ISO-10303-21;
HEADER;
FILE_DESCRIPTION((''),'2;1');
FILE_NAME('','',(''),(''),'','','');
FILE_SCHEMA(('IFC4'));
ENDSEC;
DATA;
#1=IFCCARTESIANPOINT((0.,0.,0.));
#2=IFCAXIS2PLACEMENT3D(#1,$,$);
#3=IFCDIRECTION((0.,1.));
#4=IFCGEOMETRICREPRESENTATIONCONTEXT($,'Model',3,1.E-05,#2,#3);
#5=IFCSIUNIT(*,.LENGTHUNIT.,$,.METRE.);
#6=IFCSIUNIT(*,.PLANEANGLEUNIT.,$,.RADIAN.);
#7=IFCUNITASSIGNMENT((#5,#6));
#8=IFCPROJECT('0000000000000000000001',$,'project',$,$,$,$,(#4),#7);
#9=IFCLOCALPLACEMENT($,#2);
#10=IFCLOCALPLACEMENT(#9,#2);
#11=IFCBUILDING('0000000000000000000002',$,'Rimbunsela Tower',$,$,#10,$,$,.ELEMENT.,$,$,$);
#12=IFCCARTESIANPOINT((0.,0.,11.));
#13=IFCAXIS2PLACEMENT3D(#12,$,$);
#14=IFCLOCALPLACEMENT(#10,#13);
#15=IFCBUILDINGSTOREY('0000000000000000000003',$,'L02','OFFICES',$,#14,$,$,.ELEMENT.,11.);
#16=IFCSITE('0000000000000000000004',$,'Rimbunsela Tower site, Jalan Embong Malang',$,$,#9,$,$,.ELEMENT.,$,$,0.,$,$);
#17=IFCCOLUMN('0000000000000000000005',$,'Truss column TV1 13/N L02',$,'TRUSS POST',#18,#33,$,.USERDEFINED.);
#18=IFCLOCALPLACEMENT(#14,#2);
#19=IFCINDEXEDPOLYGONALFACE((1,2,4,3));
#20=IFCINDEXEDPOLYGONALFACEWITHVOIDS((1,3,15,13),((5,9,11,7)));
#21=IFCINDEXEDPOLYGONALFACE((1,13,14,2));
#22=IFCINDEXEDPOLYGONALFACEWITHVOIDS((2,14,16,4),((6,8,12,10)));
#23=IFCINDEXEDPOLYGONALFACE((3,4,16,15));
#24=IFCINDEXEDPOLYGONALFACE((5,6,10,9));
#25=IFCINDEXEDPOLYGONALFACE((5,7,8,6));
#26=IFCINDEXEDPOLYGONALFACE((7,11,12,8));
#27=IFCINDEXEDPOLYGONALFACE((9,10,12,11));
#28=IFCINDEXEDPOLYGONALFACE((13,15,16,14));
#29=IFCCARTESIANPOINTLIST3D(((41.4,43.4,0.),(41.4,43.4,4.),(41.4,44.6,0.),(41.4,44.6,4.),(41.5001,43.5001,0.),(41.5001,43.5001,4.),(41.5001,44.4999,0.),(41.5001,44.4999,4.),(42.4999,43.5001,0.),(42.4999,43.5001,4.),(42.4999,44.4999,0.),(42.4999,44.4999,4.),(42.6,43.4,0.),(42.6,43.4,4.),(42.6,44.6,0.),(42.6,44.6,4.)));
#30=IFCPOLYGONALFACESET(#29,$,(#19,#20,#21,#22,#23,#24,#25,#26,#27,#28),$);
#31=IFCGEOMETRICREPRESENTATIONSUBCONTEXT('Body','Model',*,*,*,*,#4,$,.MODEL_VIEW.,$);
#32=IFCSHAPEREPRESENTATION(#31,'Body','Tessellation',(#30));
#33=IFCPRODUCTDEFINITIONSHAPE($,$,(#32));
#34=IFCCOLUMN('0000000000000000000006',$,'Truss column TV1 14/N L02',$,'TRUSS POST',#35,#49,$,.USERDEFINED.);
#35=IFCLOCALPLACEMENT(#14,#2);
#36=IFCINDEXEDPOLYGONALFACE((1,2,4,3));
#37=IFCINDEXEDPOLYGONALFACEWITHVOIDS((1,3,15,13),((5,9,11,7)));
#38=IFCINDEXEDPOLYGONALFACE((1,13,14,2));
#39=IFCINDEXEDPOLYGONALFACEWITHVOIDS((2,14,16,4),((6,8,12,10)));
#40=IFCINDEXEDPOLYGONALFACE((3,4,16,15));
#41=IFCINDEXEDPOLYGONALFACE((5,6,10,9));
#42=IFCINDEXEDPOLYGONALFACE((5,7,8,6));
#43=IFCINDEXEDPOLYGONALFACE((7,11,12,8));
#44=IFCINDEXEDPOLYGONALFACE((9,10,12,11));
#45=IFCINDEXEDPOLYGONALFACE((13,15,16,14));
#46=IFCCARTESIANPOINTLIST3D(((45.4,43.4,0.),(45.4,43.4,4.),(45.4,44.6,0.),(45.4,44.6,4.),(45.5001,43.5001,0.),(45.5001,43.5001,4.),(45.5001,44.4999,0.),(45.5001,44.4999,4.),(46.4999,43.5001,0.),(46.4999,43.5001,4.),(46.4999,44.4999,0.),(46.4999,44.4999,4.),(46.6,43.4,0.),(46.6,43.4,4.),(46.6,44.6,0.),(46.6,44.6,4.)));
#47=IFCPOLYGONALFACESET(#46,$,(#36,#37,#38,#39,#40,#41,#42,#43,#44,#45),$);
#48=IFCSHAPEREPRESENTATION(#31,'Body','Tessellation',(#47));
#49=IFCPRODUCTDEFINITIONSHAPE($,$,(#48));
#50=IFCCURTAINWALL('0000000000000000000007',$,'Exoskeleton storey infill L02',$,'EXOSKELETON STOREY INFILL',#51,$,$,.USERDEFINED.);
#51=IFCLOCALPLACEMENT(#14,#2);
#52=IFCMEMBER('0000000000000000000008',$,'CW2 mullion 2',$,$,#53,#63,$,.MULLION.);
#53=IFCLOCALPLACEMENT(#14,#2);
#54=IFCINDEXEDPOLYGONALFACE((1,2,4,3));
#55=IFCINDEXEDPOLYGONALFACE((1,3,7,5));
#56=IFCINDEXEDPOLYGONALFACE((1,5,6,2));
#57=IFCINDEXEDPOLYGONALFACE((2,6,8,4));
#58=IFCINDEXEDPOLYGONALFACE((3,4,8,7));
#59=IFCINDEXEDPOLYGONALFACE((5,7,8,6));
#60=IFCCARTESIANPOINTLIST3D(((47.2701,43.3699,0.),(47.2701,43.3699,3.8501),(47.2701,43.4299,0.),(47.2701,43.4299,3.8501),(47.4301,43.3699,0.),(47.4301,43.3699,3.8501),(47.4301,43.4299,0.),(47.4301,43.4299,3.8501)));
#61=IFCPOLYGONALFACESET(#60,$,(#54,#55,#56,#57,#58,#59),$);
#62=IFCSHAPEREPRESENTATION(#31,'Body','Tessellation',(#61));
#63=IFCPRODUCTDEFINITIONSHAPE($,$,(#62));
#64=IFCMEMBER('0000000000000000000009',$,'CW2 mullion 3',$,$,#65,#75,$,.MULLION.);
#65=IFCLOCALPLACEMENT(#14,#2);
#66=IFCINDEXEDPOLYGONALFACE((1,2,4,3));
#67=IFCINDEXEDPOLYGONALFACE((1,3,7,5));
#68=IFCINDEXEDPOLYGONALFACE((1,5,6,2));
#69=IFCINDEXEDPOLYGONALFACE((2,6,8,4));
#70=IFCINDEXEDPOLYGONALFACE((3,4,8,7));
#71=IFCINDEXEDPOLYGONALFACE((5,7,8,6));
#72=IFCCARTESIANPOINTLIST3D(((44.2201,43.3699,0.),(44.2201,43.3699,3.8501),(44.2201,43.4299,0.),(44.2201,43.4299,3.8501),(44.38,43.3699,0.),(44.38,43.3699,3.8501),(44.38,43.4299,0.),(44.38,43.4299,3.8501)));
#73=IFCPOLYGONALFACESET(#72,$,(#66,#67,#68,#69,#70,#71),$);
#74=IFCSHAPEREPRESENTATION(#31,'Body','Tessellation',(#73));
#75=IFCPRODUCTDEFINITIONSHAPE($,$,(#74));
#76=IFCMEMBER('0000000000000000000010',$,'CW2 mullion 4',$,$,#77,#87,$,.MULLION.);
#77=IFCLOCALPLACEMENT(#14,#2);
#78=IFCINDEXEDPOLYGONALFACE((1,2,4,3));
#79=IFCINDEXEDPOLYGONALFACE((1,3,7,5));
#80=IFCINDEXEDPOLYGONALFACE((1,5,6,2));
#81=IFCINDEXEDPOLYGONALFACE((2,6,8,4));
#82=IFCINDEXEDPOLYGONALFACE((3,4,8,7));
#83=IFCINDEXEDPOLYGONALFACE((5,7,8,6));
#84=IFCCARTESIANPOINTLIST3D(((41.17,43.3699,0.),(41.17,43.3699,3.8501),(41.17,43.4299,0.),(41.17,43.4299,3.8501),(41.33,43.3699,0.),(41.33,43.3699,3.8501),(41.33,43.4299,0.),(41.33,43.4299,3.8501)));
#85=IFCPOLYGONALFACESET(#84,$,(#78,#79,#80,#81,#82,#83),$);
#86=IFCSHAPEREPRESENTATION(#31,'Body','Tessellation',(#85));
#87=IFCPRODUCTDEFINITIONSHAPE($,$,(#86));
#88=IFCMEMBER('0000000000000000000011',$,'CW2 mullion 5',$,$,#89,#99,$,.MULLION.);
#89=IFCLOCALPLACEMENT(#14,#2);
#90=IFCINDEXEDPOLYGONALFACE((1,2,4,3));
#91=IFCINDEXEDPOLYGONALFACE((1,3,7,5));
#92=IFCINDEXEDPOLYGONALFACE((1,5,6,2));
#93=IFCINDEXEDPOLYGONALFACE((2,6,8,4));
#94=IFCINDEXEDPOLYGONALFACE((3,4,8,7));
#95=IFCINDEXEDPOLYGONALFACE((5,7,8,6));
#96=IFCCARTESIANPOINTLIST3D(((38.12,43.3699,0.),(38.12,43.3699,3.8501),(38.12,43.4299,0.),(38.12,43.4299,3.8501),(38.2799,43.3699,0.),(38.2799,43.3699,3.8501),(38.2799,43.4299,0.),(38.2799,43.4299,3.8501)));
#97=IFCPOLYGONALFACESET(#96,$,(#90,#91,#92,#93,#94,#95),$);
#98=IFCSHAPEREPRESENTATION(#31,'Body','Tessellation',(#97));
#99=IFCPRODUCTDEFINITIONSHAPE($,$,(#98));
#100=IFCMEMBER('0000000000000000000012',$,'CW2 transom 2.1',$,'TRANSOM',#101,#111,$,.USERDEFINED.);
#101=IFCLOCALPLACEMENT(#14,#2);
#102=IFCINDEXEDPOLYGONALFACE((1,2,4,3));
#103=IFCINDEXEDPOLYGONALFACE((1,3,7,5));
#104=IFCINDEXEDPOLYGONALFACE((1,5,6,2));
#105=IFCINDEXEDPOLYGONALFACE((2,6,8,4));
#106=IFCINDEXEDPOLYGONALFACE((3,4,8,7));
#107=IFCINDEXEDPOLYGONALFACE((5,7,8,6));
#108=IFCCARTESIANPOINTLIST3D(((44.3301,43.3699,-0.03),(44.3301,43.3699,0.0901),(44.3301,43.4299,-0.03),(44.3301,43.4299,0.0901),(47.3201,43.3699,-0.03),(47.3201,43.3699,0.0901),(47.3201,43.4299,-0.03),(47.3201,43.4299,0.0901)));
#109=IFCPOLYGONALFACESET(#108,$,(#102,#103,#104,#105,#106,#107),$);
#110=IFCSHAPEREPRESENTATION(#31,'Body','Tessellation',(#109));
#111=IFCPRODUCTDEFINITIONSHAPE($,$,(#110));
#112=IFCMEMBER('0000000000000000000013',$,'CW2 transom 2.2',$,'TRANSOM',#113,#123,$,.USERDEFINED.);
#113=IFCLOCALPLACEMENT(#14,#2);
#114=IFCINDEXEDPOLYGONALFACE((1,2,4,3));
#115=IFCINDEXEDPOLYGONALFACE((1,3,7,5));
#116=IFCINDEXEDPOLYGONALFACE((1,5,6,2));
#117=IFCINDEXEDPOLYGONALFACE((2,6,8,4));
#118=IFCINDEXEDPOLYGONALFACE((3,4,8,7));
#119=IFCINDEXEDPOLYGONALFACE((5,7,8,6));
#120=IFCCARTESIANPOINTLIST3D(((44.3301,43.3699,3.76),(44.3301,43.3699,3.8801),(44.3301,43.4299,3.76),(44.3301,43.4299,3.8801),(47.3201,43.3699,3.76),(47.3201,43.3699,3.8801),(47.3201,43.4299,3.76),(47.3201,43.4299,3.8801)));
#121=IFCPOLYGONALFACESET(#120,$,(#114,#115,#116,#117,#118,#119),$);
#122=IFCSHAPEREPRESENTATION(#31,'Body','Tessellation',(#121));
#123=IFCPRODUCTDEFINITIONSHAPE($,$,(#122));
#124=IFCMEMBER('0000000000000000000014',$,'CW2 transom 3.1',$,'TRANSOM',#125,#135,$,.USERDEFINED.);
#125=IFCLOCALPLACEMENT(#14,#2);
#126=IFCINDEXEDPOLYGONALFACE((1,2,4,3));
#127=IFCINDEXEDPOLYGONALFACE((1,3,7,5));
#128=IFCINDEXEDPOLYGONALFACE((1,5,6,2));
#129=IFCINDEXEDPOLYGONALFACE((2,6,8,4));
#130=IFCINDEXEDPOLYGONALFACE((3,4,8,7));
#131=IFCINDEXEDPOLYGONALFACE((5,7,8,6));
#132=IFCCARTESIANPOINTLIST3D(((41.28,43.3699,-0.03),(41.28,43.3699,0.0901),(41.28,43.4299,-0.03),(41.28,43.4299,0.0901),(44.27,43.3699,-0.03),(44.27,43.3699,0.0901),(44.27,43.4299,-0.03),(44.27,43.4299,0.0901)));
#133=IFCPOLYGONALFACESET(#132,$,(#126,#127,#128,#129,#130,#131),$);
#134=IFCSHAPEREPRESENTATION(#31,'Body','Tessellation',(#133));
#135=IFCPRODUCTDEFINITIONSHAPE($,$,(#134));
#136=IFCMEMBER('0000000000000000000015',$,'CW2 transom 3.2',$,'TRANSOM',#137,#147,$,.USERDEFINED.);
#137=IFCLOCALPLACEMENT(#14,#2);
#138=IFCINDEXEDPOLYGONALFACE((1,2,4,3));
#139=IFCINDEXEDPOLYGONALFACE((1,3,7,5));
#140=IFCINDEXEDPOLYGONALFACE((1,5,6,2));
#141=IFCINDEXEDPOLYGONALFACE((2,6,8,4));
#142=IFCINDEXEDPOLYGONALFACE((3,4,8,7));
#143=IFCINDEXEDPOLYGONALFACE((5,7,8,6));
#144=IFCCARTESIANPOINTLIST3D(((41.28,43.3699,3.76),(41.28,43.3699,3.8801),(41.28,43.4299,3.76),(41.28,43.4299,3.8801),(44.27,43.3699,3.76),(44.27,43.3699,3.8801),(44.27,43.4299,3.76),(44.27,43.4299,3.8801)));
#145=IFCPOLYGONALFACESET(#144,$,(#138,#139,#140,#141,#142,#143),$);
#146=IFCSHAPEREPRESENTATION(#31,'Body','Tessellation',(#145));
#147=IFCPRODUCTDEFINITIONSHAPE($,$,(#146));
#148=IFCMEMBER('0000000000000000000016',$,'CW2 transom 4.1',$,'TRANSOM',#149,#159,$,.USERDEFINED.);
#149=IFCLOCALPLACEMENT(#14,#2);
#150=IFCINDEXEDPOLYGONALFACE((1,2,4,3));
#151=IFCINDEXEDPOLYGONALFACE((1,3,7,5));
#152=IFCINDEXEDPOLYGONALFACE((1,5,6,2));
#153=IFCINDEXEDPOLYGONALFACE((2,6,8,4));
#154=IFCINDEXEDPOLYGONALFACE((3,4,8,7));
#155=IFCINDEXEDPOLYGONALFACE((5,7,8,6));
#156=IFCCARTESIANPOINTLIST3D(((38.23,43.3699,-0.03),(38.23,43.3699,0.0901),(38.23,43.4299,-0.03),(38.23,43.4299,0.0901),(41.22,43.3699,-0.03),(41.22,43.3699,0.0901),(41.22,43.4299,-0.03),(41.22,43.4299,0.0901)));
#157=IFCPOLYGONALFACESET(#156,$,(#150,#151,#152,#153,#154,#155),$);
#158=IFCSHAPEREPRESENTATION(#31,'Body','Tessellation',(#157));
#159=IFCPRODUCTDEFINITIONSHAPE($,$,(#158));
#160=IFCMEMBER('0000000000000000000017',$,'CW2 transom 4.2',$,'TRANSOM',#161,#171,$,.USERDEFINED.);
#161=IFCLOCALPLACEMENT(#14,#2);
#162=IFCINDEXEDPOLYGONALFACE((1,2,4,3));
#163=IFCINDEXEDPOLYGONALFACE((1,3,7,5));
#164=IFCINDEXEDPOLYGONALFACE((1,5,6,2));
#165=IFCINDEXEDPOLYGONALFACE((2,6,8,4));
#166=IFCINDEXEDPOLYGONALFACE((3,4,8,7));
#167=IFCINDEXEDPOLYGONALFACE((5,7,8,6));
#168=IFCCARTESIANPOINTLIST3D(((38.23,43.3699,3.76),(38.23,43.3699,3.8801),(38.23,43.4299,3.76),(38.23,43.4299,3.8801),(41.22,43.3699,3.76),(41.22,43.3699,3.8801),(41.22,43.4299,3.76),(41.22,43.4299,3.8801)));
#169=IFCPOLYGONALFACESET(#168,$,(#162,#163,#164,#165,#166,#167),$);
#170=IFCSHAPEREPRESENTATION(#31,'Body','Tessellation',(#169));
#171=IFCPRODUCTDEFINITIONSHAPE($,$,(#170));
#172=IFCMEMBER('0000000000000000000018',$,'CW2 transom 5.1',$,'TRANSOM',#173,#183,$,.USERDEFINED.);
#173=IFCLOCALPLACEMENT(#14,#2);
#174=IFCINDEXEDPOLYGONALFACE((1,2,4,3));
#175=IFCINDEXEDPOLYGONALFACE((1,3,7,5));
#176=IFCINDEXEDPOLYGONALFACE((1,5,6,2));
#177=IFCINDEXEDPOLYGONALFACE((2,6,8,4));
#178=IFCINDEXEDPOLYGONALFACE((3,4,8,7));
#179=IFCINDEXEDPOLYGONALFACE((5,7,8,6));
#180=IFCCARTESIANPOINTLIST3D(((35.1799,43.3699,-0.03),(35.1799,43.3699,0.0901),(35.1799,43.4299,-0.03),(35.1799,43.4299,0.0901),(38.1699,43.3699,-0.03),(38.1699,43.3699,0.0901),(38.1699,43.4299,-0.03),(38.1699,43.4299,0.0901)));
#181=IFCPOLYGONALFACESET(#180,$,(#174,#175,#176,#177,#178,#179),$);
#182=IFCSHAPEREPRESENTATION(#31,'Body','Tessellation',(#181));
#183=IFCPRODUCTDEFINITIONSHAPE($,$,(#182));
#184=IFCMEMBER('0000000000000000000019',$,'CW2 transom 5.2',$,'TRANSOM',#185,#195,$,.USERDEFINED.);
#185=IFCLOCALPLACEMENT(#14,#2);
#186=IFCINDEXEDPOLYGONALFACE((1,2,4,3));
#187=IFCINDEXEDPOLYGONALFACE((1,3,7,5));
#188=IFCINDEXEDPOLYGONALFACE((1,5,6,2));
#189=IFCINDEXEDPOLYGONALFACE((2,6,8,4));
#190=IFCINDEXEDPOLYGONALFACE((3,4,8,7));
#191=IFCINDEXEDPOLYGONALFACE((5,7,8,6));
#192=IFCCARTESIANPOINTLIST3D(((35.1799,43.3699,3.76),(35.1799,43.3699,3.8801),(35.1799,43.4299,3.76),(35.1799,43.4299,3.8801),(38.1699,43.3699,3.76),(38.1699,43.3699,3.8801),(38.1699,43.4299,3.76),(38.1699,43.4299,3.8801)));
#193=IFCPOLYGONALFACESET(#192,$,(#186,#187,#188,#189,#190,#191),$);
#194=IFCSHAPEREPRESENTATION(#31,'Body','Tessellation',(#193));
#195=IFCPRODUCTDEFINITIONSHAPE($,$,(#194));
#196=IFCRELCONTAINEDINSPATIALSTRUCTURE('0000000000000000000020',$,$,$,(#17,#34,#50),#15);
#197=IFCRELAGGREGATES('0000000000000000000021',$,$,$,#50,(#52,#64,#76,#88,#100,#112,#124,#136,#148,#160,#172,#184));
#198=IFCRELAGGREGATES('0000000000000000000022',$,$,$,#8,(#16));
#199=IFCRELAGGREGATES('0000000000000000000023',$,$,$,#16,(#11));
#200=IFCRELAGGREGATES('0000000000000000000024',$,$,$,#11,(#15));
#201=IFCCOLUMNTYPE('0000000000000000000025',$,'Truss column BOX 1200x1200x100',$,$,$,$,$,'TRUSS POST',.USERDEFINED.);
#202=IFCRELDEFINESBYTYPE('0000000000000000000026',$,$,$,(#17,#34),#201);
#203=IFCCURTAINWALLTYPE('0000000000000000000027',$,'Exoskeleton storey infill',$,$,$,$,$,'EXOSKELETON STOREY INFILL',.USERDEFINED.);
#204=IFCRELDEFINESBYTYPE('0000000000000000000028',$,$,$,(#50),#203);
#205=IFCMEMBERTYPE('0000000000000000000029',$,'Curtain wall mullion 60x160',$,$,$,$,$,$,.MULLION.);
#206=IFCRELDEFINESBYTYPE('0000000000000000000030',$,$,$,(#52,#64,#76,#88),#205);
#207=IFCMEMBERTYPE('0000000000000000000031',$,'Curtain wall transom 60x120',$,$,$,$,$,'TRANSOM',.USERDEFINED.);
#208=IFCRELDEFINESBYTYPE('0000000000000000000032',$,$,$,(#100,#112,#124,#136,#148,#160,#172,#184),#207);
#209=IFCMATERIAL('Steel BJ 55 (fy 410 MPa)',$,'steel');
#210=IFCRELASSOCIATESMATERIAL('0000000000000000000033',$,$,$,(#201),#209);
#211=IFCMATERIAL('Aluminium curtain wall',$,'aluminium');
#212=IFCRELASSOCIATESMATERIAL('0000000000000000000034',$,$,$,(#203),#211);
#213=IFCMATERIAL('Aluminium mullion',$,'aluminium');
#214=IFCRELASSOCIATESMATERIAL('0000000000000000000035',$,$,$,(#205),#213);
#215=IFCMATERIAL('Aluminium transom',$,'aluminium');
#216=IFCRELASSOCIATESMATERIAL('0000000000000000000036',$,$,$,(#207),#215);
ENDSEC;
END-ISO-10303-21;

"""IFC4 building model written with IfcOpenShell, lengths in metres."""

from ifc_helpers import new_model, si_unit, direction, frame, origin, origin_2d, place, context, subcontext, project, spatial, rectangle, hollow_rectangle, extrude, material, material_profile, profile_set, type_object, element, aggregate, save


model = new_model("IFC4")

# Units and contexts
model_context = context("Model", 3, precision=1e-05, world=origin(), true_north=direction((0.0, 1.0)))
body_context = subcontext(model_context, "Body", "Model", "MODEL_VIEW")
ifc_project = project(units=[si_unit("LENGTHUNIT", "METRE"), si_unit("PLANEANGLEUNIT", "RADIAN")], contexts=[model_context])

# Site, building, storey
site_placement = place(None, origin())
site = spatial("IfcSite", under=ifc_project, at=site_placement, Name="Rimbunsela Tower site, Jalan Embong Malang", CompositionType="ELEMENT", RefElevation=0.0)
building_placement = place(site_placement, origin())
building = spatial("IfcBuilding", under=site, at=building_placement, Name="Rimbunsela Tower", CompositionType="ELEMENT")
storey_placement = place(building_placement, frame((0.0, 0.0, 11.0)))
storey = spatial("IfcBuildingStorey", under=building, at=storey_placement, Name="L02", Description="OFFICES", CompositionType="ELEMENT", Elevation=11.0)

# Columns
ifc_material_1 = material(Name="Steel BJ 55 (fy 410 MPa)", Category="steel")
ifc_material_profile_1 = material_profile(ifc_material_1, hollow_rectangle(XDim=1.2, YDim=1.2, WallThickness=0.1001, at=origin_2d()), Name="BOX 1200x1200x100")
ifc_profile_set_1 = profile_set([ifc_material_profile_1], Name="Steel BJ 55 (fy 410 MPa)")
column_type = type_object("IfcColumnType", Name="Truss column BOX 1200x1200x100", ElementType="TRUSS POST", PredefinedType="USERDEFINED", material=ifc_profile_set_1)
for number, where, z_axis, x_axis, name in (
    (1, (42.0, 44.0, 0.0), (0.0, 0.0, 1.0), (1.0, 0.0, 0.0), "Truss column TV1 13/N L02"),
    (2, (46.0, 44.0, 0.0), (0.0, 0.0, 1.0), (1.0, 0.0, 0.0), "Truss column TV1 14/N L02"),
):
    element("IfcColumn", number, at=place(storey_placement, frame(where, z_axis=z_axis, x_axis=x_axis)), inside=storey, type_object=column_type, Name=name, ObjectType="TRUSS POST", PredefinedType="USERDEFINED", context=body_context, shape_type="SweptSolid", body=[
        extrude(hollow_rectangle(XDim=1.2, YDim=1.2, WallThickness=0.1001, at=origin_2d()), origin(), (0.0, 0.0, 1.0), 4.0),
    ])

# Curtain wall, members
ifc_material_2 = material(Name="Aluminium curtain wall", Category="aluminium")
curtain_wall_type = type_object("IfcCurtainWallType", Name="Exoskeleton storey infill", ElementType="EXOSKELETON STOREY INFILL", PredefinedType="USERDEFINED", material=ifc_material_2)
curtain_wall_placement = place(storey_placement, origin())
curtain_wall = element("IfcCurtainWall", 3, at=curtain_wall_placement, inside=storey, type_object=curtain_wall_type, Name="Exoskeleton storey infill L02", ObjectType="EXOSKELETON STOREY INFILL", PredefinedType="USERDEFINED")
ifc_material_3 = material(Name="Aluminium mullion", Category="aluminium")
ifc_material_profile_2 = material_profile(ifc_material_3, rectangle(XDim=0.0601, YDim=0.1599, at=origin_2d()), Name="Mullion 60x160")
ifc_profile_set_2 = profile_set([ifc_material_profile_2], Name="Aluminium mullion")
member_type_1 = type_object("IfcMemberType", Name="Curtain wall mullion 60x160", PredefinedType="MULLION", material=ifc_profile_set_2)
member_1_placement = place(storey_placement, frame((47.3501, 43.3999, 0.0), z_axis=(0.0, 0.0, 1.0), x_axis=(0.0, -1.0, 0.0)))
member_1 = element("IfcMember", 4, at=member_1_placement, type_object=member_type_1, Name="CW2 mullion 2", PredefinedType="MULLION", context=body_context, shape_type="SweptSolid", body=[
    extrude(rectangle(XDim=0.0601, YDim=0.1599, at=origin_2d()), origin(), (0.0, 0.0, 1.0), 3.8501),
])
member_2_placement = place(storey_placement, frame((44.3, 43.3999, 0.0), z_axis=(0.0, 0.0, 1.0), x_axis=(0.0, -1.0, 0.0)))
member_2 = element("IfcMember", 5, at=member_2_placement, type_object=member_type_1, Name="CW2 mullion 3", PredefinedType="MULLION", context=body_context, shape_type="SweptSolid", body=[
    extrude(rectangle(XDim=0.0601, YDim=0.1599, at=origin_2d()), origin(), (0.0, 0.0, 1.0), 3.8501),
])
member_3_placement = place(storey_placement, frame((41.25, 43.3999, 0.0), z_axis=(0.0, 0.0, 1.0), x_axis=(0.0, -1.0, 0.0)))
member_3 = element("IfcMember", 6, at=member_3_placement, type_object=member_type_1, Name="CW2 mullion 4", PredefinedType="MULLION", context=body_context, shape_type="SweptSolid", body=[
    extrude(rectangle(XDim=0.0601, YDim=0.1599, at=origin_2d()), origin(), (0.0, 0.0, 1.0), 3.8501),
])
member_4_placement = place(storey_placement, frame((38.2, 43.3999, 0.0), z_axis=(0.0, 0.0, 1.0), x_axis=(0.0, -1.0, 0.0)))
member_4 = element("IfcMember", 7, at=member_4_placement, type_object=member_type_1, Name="CW2 mullion 5", PredefinedType="MULLION", context=body_context, shape_type="SweptSolid", body=[
    extrude(rectangle(XDim=0.0601, YDim=0.1599, at=origin_2d()), origin(), (0.0, 0.0, 1.0), 3.8501),
])
ifc_material_4 = material(Name="Aluminium transom", Category="aluminium")
ifc_material_profile_3 = material_profile(ifc_material_4, rectangle(XDim=0.0601, YDim=0.1201, at=origin_2d()), Name="Transom 60x120")
ifc_profile_set_3 = profile_set([ifc_material_profile_3], Name="Aluminium transom")
member_type_2 = type_object("IfcMemberType", Name="Curtain wall transom 60x120", ElementType="TRANSOM", PredefinedType="USERDEFINED", material=ifc_profile_set_3)
member_5_placement = place(storey_placement, frame((47.3201, 43.3999, 0.03), z_axis=(-1.0, 0.0, 0.0), x_axis=(0.0, -1.0, 0.0)))
member_5 = element("IfcMember", 8, at=member_5_placement, type_object=member_type_2, Name="CW2 transom 2.1", ObjectType="TRANSOM", PredefinedType="USERDEFINED", context=body_context, shape_type="SweptSolid", body=[
    extrude(rectangle(XDim=0.0601, YDim=0.1201, at=origin_2d()), origin(), (0.0, 0.0, 1.0), 2.99),
])
member_6_placement = place(storey_placement, frame((47.3201, 43.3999, 3.8201), z_axis=(-1.0, 0.0, 0.0), x_axis=(0.0, -1.0, 0.0)))
member_6 = element("IfcMember", 9, at=member_6_placement, type_object=member_type_2, Name="CW2 transom 2.2", ObjectType="TRANSOM", PredefinedType="USERDEFINED", context=body_context, shape_type="SweptSolid", body=[
    extrude(rectangle(XDim=0.0601, YDim=0.1201, at=origin_2d()), origin(), (0.0, 0.0, 1.0), 2.99),
])
member_7_placement = place(storey_placement, frame((44.27, 43.3999, 0.03), z_axis=(-1.0, 0.0, 0.0), x_axis=(0.0, -1.0, 0.0)))
member_7 = element("IfcMember", 10, at=member_7_placement, type_object=member_type_2, Name="CW2 transom 3.1", ObjectType="TRANSOM", PredefinedType="USERDEFINED", context=body_context, shape_type="SweptSolid", body=[
    extrude(rectangle(XDim=0.0601, YDim=0.1201, at=origin_2d()), origin(), (0.0, 0.0, 1.0), 2.99),
])
member_8_placement = place(storey_placement, frame((44.27, 43.3999, 3.8201), z_axis=(-1.0, 0.0, 0.0), x_axis=(0.0, -1.0, 0.0)))
member_8 = element("IfcMember", 11, at=member_8_placement, type_object=member_type_2, Name="CW2 transom 3.2", ObjectType="TRANSOM", PredefinedType="USERDEFINED", context=body_context, shape_type="SweptSolid", body=[
    extrude(rectangle(XDim=0.0601, YDim=0.1201, at=origin_2d()), origin(), (0.0, 0.0, 1.0), 2.99),
])
member_9_placement = place(storey_placement, frame((41.22, 43.3999, 0.03), z_axis=(-1.0, 0.0, 0.0), x_axis=(0.0, -1.0, 0.0)))
member_9 = element("IfcMember", 12, at=member_9_placement, type_object=member_type_2, Name="CW2 transom 4.1", ObjectType="TRANSOM", PredefinedType="USERDEFINED", context=body_context, shape_type="SweptSolid", body=[
    extrude(rectangle(XDim=0.0601, YDim=0.1201, at=origin_2d()), origin(), (0.0, 0.0, 1.0), 2.99),
])
member_10_placement = place(storey_placement, frame((41.22, 43.3999, 3.8201), z_axis=(-1.0, 0.0, 0.0), x_axis=(0.0, -1.0, 0.0)))
member_10 = element("IfcMember", 13, at=member_10_placement, type_object=member_type_2, Name="CW2 transom 4.2", ObjectType="TRANSOM", PredefinedType="USERDEFINED", context=body_context, shape_type="SweptSolid", body=[
    extrude(rectangle(XDim=0.0601, YDim=0.1201, at=origin_2d()), origin(), (0.0, 0.0, 1.0), 2.99),
])
member_11_placement = place(storey_placement, frame((38.1699, 43.3999, 0.03), z_axis=(-1.0, 0.0, 0.0), x_axis=(0.0, -1.0, 0.0)))
member_11 = element("IfcMember", 14, at=member_11_placement, type_object=member_type_2, Name="CW2 transom 5.1", ObjectType="TRANSOM", PredefinedType="USERDEFINED", context=body_context, shape_type="SweptSolid", body=[
    extrude(rectangle(XDim=0.0601, YDim=0.1201, at=origin_2d()), origin(), (0.0, 0.0, 1.0), 2.99),
])
member_12_placement = place(storey_placement, frame((38.1699, 43.3999, 3.8201), z_axis=(-1.0, 0.0, 0.0), x_axis=(0.0, -1.0, 0.0)))
member_12 = element("IfcMember", 15, at=member_12_placement, type_object=member_type_2, Name="CW2 transom 5.2", ObjectType="TRANSOM", PredefinedType="USERDEFINED", context=body_context, shape_type="SweptSolid", body=[
    extrude(rectangle(XDim=0.0601, YDim=0.1201, at=origin_2d()), origin(), (0.0, 0.0, 1.0), 2.99),
])

aggregate(curtain_wall, [member_1, member_2, member_3, member_4, member_5, member_6, member_7, member_8, member_9, member_10, member_11, member_12])

save(model, "model.ifc")
